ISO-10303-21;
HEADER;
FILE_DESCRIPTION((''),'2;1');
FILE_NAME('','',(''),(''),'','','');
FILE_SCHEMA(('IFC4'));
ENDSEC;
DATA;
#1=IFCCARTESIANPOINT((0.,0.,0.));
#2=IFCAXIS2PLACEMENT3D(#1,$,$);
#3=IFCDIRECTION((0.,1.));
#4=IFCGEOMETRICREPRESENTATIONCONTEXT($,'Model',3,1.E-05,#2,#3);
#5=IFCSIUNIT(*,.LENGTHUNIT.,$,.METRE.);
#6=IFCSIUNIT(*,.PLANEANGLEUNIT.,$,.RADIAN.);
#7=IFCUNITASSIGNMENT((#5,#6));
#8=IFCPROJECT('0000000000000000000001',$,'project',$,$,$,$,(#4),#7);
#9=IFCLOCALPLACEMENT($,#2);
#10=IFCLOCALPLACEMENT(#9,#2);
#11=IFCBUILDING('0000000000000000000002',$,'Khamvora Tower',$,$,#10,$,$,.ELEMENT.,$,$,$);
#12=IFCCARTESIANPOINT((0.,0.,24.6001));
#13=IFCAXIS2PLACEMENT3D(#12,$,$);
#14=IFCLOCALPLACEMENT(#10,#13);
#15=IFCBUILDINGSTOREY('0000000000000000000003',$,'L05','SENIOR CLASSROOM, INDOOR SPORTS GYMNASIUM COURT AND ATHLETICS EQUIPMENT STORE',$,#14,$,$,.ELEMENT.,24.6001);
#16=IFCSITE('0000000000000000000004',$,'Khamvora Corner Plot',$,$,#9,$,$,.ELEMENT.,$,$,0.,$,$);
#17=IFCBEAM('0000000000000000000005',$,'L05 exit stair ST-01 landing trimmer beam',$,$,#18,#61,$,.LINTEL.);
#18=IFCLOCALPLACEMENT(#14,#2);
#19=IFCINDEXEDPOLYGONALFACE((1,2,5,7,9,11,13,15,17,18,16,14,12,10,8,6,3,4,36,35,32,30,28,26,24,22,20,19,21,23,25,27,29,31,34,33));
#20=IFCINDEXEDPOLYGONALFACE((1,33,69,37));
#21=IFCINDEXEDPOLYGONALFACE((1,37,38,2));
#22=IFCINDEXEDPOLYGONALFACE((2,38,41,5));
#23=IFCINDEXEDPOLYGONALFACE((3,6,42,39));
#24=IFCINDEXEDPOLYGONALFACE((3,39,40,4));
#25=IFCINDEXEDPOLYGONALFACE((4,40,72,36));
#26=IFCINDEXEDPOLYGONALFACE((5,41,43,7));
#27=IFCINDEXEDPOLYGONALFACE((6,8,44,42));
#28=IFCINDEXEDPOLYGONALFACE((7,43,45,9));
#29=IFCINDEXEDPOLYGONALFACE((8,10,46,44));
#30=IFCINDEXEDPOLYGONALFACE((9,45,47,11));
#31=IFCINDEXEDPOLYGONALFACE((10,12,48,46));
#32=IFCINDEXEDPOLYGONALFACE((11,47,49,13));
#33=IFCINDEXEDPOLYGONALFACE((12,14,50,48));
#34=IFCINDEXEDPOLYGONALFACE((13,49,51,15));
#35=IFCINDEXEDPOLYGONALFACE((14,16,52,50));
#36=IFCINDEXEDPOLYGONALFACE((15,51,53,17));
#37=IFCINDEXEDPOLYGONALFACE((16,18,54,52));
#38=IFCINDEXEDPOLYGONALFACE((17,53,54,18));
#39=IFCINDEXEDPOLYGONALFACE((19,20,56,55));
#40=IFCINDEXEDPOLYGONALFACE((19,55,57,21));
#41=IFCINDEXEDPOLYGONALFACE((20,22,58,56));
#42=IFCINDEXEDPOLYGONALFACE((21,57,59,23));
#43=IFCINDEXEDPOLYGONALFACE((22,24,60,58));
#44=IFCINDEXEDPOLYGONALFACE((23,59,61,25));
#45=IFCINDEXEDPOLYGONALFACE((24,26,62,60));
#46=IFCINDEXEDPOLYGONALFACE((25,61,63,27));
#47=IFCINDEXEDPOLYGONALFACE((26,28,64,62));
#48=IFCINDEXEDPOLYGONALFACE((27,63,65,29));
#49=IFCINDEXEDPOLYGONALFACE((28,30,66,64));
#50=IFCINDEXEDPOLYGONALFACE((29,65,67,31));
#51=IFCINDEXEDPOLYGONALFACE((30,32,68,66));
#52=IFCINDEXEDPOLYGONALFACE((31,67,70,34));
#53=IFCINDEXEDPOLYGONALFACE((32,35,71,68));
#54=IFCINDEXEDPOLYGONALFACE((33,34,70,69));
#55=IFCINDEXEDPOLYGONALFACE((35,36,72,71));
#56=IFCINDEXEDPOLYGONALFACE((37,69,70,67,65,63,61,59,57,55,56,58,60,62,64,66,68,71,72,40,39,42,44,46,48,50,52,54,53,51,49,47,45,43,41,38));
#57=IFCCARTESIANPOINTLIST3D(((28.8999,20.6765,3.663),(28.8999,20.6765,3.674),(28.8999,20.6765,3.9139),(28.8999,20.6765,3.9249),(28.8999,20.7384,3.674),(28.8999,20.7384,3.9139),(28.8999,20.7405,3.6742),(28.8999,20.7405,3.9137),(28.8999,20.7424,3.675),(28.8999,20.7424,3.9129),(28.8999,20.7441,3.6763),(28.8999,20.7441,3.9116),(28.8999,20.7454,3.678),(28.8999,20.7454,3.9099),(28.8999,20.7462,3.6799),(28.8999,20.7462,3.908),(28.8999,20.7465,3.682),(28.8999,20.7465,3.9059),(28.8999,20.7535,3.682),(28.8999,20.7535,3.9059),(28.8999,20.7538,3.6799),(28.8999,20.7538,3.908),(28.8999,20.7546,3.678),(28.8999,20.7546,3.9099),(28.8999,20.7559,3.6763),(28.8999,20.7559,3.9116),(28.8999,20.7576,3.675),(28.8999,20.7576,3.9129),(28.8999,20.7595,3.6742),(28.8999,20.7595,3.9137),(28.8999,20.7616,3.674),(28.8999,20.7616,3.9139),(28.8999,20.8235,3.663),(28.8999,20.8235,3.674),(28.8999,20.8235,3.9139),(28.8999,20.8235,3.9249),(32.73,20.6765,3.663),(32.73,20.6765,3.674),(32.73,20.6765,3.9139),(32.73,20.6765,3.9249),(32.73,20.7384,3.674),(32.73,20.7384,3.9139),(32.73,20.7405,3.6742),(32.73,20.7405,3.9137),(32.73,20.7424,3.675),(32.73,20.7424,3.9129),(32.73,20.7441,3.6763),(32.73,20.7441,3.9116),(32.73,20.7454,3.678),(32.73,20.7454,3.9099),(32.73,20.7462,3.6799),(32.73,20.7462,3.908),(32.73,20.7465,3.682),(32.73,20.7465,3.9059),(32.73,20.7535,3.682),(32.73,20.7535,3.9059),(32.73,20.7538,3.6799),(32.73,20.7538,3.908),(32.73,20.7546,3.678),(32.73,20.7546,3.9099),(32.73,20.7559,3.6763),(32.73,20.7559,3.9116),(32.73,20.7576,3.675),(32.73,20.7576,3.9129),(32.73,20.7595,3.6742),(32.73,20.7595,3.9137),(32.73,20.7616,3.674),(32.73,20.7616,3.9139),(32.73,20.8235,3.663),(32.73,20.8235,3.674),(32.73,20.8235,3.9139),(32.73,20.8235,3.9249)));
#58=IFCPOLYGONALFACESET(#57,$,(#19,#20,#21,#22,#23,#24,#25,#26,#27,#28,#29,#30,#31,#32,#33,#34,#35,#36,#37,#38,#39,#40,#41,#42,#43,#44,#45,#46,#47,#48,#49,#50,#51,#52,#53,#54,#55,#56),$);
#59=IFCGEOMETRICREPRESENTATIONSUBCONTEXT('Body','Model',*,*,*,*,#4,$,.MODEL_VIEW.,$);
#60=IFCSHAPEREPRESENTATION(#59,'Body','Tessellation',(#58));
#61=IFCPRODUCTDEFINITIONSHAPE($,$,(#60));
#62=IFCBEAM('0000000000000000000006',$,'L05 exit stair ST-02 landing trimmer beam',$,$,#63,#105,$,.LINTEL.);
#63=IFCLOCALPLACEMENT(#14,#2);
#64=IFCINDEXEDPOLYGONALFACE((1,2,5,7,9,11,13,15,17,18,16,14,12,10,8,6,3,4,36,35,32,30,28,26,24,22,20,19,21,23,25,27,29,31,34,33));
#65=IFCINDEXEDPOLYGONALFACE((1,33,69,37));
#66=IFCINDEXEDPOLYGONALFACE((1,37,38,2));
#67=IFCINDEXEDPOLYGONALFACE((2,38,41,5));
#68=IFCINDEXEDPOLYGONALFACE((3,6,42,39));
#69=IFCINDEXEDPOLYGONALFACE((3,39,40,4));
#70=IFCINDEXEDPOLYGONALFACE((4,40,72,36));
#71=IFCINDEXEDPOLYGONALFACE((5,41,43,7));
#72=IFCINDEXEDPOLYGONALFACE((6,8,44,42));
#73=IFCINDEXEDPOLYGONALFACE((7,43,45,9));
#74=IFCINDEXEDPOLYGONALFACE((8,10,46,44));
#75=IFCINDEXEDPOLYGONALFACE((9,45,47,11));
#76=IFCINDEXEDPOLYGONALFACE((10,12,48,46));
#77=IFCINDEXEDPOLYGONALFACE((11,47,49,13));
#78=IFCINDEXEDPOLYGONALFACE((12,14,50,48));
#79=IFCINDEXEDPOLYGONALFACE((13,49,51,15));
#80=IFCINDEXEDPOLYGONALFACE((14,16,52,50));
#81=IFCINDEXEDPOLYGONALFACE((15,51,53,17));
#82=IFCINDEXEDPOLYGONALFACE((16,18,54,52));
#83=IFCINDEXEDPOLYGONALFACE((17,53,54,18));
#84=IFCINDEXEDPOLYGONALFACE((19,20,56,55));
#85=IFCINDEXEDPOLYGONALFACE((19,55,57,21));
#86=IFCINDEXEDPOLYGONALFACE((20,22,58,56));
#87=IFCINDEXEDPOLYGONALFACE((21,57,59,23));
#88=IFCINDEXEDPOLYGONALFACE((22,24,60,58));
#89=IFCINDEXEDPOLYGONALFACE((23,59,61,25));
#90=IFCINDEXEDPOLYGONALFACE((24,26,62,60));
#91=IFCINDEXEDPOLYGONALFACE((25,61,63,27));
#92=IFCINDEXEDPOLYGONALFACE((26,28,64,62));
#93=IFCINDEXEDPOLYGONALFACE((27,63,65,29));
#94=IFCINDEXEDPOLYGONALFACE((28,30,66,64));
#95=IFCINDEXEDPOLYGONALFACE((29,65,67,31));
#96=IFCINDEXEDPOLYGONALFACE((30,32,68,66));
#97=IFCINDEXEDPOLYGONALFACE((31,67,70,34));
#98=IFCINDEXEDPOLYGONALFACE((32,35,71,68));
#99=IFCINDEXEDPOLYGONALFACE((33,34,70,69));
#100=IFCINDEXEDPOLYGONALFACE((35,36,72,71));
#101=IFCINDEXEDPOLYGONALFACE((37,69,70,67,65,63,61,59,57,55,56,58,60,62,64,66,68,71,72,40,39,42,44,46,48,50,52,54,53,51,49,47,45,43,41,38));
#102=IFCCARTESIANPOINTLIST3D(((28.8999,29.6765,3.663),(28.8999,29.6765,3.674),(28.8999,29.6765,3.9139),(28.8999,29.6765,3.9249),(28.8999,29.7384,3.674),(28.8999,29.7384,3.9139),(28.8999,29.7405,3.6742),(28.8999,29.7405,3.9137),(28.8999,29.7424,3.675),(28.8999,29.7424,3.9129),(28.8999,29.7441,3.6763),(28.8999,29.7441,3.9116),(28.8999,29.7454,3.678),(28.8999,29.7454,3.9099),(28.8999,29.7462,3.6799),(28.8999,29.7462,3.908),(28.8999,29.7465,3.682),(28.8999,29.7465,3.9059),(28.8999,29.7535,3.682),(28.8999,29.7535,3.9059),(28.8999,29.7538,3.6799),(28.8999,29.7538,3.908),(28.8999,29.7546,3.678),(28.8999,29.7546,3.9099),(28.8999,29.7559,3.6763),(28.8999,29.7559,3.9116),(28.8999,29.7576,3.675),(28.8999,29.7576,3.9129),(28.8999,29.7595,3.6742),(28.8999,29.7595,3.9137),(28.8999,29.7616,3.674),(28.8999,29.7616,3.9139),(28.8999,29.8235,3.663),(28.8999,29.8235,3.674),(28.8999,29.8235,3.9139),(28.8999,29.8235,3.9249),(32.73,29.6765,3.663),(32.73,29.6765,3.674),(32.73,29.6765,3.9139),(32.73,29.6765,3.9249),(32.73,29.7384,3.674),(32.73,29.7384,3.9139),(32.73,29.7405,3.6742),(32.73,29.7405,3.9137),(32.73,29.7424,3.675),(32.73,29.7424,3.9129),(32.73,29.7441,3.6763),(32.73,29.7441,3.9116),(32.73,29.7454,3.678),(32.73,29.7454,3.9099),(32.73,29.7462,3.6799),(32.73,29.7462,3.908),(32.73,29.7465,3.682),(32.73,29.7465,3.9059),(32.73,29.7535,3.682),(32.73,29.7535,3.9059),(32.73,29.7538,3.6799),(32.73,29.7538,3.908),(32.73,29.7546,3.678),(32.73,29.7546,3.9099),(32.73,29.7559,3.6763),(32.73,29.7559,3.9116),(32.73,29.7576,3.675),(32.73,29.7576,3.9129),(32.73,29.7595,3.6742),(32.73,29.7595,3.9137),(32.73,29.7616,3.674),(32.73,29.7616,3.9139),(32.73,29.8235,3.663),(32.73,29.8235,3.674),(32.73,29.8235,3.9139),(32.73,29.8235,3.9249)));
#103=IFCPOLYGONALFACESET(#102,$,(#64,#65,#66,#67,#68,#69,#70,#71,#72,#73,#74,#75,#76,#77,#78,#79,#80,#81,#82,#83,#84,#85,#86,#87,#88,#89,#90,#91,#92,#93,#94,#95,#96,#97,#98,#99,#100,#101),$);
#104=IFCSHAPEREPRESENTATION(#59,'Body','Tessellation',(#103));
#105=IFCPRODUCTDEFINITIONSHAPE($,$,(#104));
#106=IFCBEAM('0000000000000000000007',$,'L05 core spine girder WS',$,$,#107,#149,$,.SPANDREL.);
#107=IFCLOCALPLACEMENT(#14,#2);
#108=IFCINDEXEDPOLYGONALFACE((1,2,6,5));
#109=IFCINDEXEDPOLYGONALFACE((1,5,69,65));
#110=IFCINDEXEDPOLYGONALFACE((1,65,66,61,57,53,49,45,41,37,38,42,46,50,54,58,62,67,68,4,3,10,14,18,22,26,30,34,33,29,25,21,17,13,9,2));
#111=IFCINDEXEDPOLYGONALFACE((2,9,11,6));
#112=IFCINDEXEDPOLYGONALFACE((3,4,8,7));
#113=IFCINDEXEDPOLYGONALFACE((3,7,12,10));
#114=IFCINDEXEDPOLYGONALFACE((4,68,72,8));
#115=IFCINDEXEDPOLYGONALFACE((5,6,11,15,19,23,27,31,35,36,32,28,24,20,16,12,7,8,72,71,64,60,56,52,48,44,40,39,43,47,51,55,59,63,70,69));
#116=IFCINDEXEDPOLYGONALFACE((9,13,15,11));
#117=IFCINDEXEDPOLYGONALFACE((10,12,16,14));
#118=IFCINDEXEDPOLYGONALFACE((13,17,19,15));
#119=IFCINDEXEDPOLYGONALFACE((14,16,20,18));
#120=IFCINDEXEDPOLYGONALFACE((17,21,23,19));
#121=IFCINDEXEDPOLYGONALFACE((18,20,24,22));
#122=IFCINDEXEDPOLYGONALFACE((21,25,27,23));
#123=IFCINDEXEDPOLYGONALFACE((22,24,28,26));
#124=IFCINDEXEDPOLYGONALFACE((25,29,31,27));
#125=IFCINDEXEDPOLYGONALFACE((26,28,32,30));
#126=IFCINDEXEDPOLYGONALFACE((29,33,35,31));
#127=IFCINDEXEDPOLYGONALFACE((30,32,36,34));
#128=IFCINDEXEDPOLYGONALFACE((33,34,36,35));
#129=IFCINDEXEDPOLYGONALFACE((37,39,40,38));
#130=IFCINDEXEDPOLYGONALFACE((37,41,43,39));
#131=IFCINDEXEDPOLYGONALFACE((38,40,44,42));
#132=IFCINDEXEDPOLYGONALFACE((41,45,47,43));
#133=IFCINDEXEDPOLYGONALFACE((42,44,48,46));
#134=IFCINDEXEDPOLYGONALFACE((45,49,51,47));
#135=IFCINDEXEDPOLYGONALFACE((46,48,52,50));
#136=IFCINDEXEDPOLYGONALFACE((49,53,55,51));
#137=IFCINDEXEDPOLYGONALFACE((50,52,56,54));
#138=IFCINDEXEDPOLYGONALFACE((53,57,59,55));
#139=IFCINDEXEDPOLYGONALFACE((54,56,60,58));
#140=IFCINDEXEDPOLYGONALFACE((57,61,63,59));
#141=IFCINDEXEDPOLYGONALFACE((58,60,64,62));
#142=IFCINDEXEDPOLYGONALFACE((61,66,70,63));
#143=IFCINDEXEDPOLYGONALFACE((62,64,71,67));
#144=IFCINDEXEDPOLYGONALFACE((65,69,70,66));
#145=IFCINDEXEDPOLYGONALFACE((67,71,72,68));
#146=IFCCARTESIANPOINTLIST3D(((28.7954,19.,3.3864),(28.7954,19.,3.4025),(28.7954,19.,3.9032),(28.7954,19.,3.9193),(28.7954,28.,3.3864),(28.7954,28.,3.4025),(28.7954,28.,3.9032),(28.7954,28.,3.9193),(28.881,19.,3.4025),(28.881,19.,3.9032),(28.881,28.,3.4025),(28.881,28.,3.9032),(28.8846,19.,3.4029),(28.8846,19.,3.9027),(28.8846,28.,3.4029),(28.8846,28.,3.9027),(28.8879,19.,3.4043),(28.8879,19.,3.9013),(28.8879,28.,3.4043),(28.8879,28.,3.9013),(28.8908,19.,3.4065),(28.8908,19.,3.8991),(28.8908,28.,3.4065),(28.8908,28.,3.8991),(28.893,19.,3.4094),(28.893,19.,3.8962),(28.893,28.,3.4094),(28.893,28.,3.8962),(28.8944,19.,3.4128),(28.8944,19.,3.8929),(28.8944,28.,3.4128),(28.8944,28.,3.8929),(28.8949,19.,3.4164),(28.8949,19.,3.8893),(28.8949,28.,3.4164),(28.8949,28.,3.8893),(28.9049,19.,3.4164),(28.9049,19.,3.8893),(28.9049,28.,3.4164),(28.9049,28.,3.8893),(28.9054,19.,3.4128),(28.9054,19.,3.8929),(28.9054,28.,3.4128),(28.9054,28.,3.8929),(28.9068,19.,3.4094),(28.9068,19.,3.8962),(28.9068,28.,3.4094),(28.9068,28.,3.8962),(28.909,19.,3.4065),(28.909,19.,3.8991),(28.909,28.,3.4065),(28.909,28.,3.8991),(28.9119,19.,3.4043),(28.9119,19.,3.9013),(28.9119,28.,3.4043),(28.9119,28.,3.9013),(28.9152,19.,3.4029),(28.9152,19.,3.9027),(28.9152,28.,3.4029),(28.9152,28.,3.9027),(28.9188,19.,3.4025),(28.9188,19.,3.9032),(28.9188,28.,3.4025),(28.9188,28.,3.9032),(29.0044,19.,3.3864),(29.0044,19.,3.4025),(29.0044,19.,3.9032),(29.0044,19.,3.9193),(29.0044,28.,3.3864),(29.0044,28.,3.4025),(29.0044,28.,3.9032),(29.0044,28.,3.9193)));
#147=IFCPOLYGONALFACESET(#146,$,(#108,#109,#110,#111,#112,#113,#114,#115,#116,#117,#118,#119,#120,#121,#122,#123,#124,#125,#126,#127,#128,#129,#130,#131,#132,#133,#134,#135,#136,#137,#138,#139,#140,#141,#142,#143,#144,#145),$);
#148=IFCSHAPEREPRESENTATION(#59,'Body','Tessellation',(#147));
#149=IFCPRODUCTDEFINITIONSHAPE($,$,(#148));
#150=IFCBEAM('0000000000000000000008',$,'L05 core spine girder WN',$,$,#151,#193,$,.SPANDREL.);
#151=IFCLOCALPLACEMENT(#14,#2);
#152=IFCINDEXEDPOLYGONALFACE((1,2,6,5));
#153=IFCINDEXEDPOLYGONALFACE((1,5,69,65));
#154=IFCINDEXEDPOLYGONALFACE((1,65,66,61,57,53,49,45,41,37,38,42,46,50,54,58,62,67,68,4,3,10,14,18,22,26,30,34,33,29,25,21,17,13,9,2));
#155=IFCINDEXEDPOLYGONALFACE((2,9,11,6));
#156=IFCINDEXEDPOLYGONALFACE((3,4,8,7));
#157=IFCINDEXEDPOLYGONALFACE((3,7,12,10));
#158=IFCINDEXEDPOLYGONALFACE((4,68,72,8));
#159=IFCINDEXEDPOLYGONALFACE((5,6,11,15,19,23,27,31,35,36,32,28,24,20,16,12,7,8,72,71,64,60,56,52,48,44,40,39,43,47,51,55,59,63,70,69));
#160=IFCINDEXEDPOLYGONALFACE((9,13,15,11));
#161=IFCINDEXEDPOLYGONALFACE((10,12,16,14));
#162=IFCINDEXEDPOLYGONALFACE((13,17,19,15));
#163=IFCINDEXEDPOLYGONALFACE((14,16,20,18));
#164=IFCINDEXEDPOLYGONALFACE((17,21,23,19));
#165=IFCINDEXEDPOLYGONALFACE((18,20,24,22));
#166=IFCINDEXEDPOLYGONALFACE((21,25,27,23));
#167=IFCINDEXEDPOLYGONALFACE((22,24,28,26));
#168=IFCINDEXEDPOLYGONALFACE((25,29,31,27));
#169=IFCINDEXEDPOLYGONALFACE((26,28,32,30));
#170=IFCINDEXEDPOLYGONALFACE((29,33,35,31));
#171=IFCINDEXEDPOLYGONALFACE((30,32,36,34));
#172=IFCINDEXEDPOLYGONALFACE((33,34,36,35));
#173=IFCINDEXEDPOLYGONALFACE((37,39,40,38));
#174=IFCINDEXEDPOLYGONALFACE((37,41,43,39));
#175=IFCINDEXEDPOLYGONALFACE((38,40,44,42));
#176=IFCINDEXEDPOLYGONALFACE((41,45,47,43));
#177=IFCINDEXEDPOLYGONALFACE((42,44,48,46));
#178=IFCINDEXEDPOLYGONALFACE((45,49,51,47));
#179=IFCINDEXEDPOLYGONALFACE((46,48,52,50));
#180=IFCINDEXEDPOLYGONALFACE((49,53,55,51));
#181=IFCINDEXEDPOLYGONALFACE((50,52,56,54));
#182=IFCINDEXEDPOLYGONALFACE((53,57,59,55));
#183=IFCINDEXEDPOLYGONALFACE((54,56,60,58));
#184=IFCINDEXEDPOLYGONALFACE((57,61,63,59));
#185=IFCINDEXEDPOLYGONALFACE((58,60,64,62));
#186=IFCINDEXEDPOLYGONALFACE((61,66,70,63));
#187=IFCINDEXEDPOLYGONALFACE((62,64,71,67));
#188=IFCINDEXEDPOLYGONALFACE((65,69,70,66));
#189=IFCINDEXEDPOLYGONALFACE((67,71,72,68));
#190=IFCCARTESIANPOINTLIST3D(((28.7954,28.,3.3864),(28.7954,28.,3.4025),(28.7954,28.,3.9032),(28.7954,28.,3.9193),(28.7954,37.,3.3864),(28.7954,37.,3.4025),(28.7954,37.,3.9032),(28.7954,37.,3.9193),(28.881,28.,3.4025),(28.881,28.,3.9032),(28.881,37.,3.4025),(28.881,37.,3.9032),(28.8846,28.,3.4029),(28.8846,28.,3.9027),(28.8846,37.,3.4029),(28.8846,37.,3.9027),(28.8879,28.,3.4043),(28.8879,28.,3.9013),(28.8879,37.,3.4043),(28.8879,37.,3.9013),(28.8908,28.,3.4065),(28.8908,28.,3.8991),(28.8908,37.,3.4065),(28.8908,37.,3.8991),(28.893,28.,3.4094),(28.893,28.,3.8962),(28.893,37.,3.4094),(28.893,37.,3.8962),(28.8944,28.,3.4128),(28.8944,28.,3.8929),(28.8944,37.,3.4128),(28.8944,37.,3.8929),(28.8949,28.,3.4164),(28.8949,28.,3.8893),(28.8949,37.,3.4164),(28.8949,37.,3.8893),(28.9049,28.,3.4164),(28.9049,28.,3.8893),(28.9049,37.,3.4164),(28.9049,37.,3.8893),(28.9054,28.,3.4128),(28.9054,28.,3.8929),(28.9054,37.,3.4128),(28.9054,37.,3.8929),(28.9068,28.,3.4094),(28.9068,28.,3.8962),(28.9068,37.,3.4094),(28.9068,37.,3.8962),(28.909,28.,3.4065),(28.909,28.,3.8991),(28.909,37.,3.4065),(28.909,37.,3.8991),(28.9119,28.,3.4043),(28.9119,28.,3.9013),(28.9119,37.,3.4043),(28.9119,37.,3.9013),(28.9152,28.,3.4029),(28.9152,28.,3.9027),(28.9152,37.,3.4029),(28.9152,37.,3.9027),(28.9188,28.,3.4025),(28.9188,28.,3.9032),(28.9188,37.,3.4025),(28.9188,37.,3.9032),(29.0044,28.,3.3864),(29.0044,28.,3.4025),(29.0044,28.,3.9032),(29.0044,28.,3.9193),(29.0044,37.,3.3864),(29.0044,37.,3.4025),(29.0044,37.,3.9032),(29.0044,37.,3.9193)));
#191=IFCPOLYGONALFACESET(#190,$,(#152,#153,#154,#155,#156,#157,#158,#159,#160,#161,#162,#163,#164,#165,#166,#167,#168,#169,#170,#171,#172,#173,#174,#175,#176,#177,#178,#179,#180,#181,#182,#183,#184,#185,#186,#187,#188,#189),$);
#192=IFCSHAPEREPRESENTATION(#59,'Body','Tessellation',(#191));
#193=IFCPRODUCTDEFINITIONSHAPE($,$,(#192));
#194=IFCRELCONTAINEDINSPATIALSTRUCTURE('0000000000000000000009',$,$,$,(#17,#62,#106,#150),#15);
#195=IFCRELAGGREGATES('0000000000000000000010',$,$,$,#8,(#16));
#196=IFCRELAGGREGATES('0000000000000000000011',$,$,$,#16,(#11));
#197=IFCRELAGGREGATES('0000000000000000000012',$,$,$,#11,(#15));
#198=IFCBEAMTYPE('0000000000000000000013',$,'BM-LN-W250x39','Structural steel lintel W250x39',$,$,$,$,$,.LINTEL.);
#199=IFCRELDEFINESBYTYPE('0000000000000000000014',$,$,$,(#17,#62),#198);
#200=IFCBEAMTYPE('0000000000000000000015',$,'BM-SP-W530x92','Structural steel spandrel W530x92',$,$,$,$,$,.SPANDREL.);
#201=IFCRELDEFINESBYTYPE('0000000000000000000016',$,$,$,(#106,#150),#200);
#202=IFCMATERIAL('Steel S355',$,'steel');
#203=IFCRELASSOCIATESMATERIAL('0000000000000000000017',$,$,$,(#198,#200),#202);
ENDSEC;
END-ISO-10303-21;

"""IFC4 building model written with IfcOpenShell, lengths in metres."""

from ifc_helpers import new_model, si_unit, direction, frame, origin, origin_2d, place, context, subcontext, project, spatial, i_section, extrude, material, material_profile, profile_set, type_object, element, save


model = new_model("IFC4")

# Units and contexts
model_context = context("Model", 3, precision=1e-05, world=origin(), true_north=direction((0.0, 1.0)))
body_context = subcontext(model_context, "Body", "Model", "MODEL_VIEW")
ifc_project = project(units=[si_unit("LENGTHUNIT", "METRE"), si_unit("PLANEANGLEUNIT", "RADIAN")], contexts=[model_context])

# Site, building, storey
site_placement = place(None, origin())
site = spatial("IfcSite", under=ifc_project, at=site_placement, Name="Khamvora Corner Plot", CompositionType="ELEMENT", RefElevation=0.0)
building_placement = place(site_placement, origin())
building = spatial("IfcBuilding", under=site, at=building_placement, Name="Khamvora Tower", CompositionType="ELEMENT")
storey_placement = place(building_placement, frame((0.0, 0.0, 24.6001)))
storey = spatial("IfcBuildingStorey", under=building, at=storey_placement, Name="L05", Description="SENIOR CLASSROOM, INDOOR SPORTS GYMNASIUM COURT AND ATHLETICS EQUIPMENT STORE", CompositionType="ELEMENT", Elevation=24.6001)

# Beams
ifc_material_1 = material(Name="Steel S355", Category="steel")
ifc_material_profile_1 = material_profile(ifc_material_1, i_section(OverallWidth=0.147, OverallDepth=0.262, WebThickness=0.0071, FlangeThickness=0.011, FilletRadius=0.0081, at=origin_2d()), Name="W250x39")
ifc_profile_set_1 = profile_set([ifc_material_profile_1], Name="Steel S355")
beam_type_1 = type_object("IfcBeamType", Name="BM-LN-W250x39", Description="Structural steel lintel W250x39", PredefinedType="LINTEL", material=ifc_profile_set_1)
for number, where, z_axis, x_axis, name in (
    (1, (28.8999, 20.75, 3.7939), (1.0, 0.0, 0.0), (0.0, 1.0, 0.0), "L05 exit stair ST-01 landing trimmer beam"),
    (2, (28.8999, 29.75, 3.7939), (1.0, 0.0, 0.0), (0.0, 1.0, 0.0), "L05 exit stair ST-02 landing trimmer beam"),
):
    element("IfcBeam", number, at=place(storey_placement, frame(where, z_axis=z_axis, x_axis=x_axis)), inside=storey, type_object=beam_type_1, Name=name, PredefinedType="LINTEL", context=body_context, shape_type="SweptSolid", body=[
        extrude(i_section(OverallWidth=0.147, OverallDepth=0.262, WebThickness=0.0071, FlangeThickness=0.011, FilletRadius=0.0081, at=origin_2d()), origin(), (0.0, 0.0, 1.0), 3.8301),
    ])
ifc_material_profile_2 = material_profile(ifc_material_1, i_section(OverallWidth=0.209, OverallDepth=0.533, WebThickness=0.01, FlangeThickness=0.0161, FilletRadius=0.0139, at=origin_2d()), Name="W530x92")
ifc_profile_set_2 = profile_set([ifc_material_profile_2], Name="Steel S355")
beam_type_2 = type_object("IfcBeamType", Name="BM-SP-W530x92", Description="Structural steel spandrel W530x92", PredefinedType="SPANDREL", material=ifc_profile_set_2)
for number, where, z_axis, x_axis, name in (
    (3, (28.8999, 19.0, 3.6528), (0.0, 1.0, 0.0), (-1.0, 0.0, 0.0), "L05 core spine girder WS"),
    (4, (28.8999, 28.0, 3.6528), (0.0, 1.0, 0.0), (-1.0, 0.0, 0.0), "L05 core spine girder WN"),
):
    element("IfcBeam", number, at=place(storey_placement, frame(where, z_axis=z_axis, x_axis=x_axis)), inside=storey, type_object=beam_type_2, Name=name, PredefinedType="SPANDREL", context=body_context, shape_type="SweptSolid", body=[
        extrude(i_section(OverallWidth=0.209, OverallDepth=0.533, WebThickness=0.01, FlangeThickness=0.0161, FilletRadius=0.0139, at=origin_2d()), origin(), (0.0, 0.0, 1.0), 9.0),
    ])

save(model, "model.ifc")
